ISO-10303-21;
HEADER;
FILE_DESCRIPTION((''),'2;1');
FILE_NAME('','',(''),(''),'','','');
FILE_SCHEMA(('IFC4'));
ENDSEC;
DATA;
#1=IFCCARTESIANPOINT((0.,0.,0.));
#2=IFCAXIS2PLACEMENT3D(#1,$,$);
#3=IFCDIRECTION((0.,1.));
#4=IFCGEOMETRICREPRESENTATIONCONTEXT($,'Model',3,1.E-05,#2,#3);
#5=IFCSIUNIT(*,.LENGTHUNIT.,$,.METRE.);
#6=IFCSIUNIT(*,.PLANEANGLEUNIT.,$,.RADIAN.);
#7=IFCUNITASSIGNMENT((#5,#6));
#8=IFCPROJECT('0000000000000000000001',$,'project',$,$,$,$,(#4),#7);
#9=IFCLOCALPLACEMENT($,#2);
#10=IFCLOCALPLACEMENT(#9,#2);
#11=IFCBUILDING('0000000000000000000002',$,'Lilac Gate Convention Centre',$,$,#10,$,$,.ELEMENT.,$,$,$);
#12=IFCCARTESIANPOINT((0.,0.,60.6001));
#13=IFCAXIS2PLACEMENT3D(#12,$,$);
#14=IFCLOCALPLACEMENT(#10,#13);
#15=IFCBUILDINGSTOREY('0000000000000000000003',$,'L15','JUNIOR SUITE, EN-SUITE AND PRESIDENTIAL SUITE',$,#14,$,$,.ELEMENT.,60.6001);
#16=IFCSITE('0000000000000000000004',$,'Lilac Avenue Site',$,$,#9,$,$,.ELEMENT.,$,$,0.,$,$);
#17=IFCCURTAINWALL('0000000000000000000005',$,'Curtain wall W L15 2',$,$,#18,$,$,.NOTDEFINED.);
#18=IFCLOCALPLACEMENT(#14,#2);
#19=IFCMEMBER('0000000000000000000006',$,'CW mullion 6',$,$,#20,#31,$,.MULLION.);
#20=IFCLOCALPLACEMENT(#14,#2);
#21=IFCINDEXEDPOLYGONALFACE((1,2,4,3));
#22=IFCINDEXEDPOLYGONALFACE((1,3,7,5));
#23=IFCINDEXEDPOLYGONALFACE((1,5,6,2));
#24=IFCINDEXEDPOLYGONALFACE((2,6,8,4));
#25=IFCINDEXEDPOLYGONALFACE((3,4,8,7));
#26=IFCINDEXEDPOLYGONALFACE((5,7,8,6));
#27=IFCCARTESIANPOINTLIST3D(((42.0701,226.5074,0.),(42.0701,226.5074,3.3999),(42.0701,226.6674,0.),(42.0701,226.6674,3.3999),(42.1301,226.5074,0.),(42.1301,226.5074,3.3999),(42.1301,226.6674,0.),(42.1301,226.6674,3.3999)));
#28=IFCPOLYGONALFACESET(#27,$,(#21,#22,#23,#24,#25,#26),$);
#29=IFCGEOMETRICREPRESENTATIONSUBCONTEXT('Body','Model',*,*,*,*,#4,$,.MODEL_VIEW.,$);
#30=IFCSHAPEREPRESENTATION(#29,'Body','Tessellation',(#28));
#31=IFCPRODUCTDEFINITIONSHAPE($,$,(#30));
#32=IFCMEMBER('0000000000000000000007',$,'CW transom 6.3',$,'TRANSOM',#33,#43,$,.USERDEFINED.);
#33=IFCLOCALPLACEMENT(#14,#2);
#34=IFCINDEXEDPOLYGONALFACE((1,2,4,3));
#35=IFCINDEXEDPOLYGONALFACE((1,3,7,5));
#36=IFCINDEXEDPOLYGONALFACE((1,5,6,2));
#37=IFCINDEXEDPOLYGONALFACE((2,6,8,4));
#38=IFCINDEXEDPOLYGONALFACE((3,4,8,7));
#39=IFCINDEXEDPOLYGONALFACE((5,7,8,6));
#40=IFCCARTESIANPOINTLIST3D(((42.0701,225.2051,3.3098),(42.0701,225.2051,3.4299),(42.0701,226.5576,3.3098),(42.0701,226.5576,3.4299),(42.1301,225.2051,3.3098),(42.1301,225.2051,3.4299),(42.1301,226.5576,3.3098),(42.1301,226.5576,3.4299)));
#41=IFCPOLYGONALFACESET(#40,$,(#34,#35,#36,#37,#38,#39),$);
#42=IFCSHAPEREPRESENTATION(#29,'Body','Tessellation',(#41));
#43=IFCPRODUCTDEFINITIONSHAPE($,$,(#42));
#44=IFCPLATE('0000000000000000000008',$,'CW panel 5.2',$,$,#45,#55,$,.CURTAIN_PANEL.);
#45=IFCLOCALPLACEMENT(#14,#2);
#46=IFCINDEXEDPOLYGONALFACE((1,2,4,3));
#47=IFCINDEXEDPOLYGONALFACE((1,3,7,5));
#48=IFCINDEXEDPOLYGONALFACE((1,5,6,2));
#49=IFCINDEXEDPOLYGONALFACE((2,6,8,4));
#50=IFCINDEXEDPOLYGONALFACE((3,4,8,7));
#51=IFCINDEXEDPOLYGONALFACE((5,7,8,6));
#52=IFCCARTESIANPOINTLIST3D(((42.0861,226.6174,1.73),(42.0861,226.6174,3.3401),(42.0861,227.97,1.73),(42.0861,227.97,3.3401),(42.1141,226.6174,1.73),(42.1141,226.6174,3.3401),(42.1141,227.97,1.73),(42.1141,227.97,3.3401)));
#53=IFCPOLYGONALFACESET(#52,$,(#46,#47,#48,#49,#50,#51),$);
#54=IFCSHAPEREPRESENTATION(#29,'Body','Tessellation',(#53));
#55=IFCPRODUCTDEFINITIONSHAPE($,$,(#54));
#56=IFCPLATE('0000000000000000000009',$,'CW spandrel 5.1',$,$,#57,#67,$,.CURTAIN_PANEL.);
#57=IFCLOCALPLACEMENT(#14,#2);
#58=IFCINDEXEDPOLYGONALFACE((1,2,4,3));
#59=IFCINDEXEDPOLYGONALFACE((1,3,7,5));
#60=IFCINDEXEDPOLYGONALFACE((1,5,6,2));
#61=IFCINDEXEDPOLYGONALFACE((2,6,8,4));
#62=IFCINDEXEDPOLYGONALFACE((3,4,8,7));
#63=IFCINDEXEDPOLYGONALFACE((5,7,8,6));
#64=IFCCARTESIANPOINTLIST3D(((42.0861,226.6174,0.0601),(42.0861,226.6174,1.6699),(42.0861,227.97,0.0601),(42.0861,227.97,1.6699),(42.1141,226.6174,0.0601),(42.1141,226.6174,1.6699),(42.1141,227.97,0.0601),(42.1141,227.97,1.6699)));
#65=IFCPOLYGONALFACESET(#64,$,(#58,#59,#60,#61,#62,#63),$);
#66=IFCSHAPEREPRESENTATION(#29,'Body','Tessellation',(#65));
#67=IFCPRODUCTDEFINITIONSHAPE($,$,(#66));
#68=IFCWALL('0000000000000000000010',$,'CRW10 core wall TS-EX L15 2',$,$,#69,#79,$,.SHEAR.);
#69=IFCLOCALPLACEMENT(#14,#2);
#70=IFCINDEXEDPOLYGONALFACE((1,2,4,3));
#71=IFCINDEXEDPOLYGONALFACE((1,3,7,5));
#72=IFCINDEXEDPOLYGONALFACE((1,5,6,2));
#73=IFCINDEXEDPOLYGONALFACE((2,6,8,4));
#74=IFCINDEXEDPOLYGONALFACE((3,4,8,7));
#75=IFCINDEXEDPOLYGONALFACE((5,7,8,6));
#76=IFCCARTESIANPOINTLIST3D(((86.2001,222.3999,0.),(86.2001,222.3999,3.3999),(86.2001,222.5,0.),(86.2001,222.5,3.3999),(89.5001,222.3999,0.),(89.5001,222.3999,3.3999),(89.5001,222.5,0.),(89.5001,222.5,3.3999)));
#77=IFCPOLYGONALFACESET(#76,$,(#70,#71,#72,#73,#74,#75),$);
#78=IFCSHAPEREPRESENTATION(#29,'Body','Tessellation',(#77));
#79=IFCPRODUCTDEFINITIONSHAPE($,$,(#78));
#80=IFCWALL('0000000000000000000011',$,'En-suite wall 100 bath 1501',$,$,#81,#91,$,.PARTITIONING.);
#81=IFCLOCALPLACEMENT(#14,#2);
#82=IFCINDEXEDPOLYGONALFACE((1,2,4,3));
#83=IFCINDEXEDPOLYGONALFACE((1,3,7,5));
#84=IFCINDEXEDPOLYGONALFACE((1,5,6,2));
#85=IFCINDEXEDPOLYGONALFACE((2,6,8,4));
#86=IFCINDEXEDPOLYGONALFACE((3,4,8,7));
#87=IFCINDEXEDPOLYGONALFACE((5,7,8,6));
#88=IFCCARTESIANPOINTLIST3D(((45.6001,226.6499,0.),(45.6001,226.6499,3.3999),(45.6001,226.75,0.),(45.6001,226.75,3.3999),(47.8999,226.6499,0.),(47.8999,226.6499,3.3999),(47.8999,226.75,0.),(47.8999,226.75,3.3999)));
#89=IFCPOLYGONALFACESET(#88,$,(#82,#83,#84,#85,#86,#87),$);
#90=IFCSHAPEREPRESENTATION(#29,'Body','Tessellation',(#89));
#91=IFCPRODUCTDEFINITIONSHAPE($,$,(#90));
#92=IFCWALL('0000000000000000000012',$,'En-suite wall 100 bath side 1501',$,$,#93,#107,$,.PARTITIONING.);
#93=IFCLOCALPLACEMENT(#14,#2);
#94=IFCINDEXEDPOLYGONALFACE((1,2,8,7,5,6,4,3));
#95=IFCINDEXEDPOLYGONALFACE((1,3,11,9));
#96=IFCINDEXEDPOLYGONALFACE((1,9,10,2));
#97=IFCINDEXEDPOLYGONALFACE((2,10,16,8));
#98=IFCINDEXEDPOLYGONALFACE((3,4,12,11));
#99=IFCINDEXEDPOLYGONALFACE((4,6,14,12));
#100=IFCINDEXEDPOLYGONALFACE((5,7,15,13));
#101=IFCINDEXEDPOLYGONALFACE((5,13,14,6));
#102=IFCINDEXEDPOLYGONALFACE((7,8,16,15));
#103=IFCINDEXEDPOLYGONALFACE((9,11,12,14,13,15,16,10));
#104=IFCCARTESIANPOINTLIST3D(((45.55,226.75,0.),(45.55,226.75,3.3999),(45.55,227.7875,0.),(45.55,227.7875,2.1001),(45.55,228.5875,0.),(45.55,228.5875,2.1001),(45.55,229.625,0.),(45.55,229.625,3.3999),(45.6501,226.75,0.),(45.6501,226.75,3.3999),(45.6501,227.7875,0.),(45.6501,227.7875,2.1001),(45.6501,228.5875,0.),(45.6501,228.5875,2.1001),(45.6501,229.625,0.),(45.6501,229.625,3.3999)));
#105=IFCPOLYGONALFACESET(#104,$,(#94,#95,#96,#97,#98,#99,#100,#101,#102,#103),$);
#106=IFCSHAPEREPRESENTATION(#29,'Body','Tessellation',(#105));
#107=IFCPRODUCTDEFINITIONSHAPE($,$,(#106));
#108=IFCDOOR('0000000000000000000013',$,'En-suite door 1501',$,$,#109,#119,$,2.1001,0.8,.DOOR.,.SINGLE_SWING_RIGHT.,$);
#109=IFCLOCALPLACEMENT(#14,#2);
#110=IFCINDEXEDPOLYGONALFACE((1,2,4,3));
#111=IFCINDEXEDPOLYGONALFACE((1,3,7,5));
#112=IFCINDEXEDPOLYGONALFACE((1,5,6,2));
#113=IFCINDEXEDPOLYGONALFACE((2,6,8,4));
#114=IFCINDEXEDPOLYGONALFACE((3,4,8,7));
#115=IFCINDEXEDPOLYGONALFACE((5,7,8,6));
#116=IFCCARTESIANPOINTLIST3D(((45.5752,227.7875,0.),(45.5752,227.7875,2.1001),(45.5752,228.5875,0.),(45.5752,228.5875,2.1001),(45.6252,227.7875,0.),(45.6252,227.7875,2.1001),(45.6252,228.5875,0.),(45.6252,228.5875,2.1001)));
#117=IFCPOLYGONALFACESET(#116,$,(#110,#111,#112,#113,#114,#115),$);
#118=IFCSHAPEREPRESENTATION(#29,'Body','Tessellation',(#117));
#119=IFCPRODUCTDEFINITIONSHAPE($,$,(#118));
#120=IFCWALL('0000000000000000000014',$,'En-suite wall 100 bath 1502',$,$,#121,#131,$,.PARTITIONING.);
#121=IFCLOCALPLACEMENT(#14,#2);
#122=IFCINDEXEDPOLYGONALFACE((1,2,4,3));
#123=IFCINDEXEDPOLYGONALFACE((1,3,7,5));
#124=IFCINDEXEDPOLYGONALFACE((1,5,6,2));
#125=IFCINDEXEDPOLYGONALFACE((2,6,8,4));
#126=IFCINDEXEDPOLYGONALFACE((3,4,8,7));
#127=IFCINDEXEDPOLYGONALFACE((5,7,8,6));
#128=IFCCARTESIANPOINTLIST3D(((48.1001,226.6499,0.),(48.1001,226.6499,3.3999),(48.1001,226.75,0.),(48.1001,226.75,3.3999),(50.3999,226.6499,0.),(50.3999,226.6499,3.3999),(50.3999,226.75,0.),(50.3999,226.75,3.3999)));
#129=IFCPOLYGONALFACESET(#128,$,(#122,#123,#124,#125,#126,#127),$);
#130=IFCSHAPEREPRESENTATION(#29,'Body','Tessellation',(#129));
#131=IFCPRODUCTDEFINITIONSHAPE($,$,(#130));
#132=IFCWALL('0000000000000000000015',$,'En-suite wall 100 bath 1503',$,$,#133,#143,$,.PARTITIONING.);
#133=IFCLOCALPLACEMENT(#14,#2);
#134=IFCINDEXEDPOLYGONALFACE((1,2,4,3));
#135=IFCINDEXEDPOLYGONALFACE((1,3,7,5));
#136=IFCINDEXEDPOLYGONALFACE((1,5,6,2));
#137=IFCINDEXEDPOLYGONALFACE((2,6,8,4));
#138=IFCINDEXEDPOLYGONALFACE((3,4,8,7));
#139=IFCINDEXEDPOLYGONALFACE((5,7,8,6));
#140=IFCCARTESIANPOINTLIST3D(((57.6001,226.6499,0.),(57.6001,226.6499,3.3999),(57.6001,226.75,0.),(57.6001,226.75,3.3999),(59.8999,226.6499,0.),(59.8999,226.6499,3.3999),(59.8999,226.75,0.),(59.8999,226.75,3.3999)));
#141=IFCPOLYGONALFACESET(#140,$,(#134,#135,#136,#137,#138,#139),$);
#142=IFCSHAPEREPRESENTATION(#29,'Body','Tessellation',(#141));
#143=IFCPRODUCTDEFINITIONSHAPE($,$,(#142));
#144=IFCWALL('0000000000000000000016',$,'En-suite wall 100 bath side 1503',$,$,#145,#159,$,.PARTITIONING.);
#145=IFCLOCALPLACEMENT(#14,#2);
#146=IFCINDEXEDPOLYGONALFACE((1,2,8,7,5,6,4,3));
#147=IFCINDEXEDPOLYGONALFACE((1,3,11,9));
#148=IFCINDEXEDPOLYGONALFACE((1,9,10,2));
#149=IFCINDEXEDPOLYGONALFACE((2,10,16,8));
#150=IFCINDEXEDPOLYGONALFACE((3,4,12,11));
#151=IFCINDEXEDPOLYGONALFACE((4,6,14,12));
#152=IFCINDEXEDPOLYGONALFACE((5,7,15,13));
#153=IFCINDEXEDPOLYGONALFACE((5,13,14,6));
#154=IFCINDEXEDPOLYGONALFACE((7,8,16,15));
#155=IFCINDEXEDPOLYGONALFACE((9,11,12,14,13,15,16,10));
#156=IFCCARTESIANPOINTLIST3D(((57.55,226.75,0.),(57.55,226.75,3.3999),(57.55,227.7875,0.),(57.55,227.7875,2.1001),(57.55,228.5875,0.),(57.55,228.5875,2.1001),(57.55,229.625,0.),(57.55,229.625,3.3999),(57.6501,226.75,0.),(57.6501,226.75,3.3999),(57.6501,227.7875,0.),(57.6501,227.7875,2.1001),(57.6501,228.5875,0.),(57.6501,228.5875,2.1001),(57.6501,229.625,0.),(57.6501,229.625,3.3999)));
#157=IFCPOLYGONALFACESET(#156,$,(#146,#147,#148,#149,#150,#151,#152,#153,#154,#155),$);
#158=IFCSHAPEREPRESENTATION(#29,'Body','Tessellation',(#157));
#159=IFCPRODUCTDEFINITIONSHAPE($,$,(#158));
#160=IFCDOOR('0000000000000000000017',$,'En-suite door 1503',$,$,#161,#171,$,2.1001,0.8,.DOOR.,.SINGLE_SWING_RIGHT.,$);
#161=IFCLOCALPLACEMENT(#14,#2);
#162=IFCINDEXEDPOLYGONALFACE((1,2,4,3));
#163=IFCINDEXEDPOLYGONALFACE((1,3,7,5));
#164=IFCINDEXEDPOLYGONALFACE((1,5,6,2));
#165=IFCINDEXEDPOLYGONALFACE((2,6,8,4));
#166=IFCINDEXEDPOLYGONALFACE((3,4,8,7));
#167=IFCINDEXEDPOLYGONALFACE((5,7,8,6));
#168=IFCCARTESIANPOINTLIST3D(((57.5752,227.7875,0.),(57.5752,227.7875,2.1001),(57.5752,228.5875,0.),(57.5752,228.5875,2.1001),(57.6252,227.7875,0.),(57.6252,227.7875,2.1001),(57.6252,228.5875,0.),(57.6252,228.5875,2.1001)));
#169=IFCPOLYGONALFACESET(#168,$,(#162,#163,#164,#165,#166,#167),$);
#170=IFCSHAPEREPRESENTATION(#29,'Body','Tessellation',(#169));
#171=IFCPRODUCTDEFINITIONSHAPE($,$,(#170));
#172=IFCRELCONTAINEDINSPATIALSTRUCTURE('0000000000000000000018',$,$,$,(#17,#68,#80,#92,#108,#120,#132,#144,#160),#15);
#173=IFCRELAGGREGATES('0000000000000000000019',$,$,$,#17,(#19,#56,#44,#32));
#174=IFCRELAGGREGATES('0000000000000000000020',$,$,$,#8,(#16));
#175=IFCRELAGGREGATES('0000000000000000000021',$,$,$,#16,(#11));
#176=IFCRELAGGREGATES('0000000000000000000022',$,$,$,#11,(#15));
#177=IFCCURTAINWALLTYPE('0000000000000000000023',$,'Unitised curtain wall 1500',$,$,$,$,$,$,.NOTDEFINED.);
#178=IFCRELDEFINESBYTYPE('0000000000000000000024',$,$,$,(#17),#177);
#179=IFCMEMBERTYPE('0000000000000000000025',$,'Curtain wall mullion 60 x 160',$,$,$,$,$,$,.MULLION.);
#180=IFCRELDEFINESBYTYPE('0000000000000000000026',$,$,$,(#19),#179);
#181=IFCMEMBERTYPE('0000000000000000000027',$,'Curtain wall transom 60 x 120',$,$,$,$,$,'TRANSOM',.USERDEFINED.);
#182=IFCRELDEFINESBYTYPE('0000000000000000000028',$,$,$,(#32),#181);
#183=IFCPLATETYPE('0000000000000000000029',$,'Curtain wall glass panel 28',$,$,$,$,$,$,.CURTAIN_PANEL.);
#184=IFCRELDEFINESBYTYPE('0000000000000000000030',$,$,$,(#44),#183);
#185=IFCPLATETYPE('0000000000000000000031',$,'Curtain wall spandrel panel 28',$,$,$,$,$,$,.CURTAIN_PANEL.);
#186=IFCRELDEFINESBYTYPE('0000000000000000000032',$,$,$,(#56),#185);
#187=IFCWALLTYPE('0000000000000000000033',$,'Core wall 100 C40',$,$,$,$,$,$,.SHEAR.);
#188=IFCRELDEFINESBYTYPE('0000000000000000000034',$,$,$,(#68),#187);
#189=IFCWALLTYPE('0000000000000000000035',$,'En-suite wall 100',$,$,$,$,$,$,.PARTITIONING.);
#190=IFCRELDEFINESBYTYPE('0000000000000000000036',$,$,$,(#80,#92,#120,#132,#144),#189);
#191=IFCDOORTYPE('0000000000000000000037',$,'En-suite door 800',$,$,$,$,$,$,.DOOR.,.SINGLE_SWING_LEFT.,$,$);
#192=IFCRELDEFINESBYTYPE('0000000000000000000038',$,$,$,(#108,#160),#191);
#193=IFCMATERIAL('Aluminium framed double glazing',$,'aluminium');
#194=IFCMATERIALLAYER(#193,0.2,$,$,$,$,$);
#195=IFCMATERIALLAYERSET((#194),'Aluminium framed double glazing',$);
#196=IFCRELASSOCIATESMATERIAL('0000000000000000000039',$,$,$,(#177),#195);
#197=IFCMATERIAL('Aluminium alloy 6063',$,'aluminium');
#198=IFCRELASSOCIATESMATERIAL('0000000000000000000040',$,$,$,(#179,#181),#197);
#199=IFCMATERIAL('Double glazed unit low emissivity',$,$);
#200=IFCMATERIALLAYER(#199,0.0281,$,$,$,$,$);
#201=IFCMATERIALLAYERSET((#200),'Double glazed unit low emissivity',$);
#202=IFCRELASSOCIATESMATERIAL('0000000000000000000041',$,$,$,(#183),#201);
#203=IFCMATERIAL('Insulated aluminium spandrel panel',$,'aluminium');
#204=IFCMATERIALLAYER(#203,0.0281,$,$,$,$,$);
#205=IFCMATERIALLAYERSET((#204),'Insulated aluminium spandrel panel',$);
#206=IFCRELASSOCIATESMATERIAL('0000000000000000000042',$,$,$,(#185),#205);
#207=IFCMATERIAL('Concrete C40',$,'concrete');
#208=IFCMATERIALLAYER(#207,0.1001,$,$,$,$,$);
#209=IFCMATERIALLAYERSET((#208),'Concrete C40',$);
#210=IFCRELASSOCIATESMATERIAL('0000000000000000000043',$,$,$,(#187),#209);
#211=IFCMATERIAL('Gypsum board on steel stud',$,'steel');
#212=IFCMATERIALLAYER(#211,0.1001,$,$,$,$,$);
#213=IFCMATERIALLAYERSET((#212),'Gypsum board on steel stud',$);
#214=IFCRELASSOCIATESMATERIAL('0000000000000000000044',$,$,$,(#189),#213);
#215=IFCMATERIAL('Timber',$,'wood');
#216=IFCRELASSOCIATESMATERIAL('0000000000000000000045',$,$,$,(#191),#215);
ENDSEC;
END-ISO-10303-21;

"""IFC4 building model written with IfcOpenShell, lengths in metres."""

from ifc_helpers import new_model, si_unit, direction, frame, frame_2d, origin, origin_2d, place, context, subcontext, project, spatial, rectangle, extrude, material, layer, layer_set, material_profile, profile_set, type_object, element, fill, aggregate, save


model = new_model("IFC4")

# Units and contexts
model_context = context("Model", 3, precision=1e-05, world=origin(), true_north=direction((0.0, 1.0)))
body_context = subcontext(model_context, "Body", "Model", "MODEL_VIEW")
ifc_project = project(units=[si_unit("LENGTHUNIT", "METRE"), si_unit("PLANEANGLEUNIT", "RADIAN")], contexts=[model_context])

# Site, building, storey
site_placement = place(None, origin())
site = spatial("IfcSite", under=ifc_project, at=site_placement, Name="Lilac Avenue Site", CompositionType="ELEMENT", RefElevation=0.0)
building_placement = place(site_placement, origin())
building = spatial("IfcBuilding", under=site, at=building_placement, Name="Lilac Gate Convention Centre", CompositionType="ELEMENT")
storey_placement = place(building_placement, frame((0.0, 0.0, 60.6001)))
storey = spatial("IfcBuildingStorey", under=building, at=storey_placement, Name="L15", Description="JUNIOR SUITE, EN-SUITE AND PRESIDENTIAL SUITE", CompositionType="ELEMENT", Elevation=60.6001)

# Curtain wall, members, plates
ifc_material_1 = material(Name="Aluminium framed double glazing", Category="aluminium")
ifc_layer_1 = layer(ifc_material_1, 0.2)
ifc_layer_set_1 = layer_set([ifc_layer_1], Name="Aluminium framed double glazing")
curtain_wall_type = type_object("IfcCurtainWallType", Name="Unitised curtain wall 1500", PredefinedType="NOTDEFINED", material=ifc_layer_set_1)
curtain_wall_placement = place(storey_placement, origin())
curtain_wall = element("IfcCurtainWall", 1, at=curtain_wall_placement, inside=storey, type_object=curtain_wall_type, Name="Curtain wall W L15 2", PredefinedType="NOTDEFINED")
ifc_material_2 = material(Name="Aluminium alloy 6063", Category="aluminium")
ifc_material_profile_1 = material_profile(ifc_material_2, rectangle(XDim=0.0601, YDim=0.1599, at=origin_2d()), Name="Curtain wall mullion 60 x 160")
ifc_profile_set_1 = profile_set([ifc_material_profile_1], Name="Aluminium alloy 6063")
member_type_1 = type_object("IfcMemberType", Name="Curtain wall mullion 60 x 160", PredefinedType="MULLION", material=ifc_profile_set_1)
member_1_placement = place(storey_placement, frame((42.1001, 226.5874, 0.0), z_axis=(0.0, 0.0, 1.0), x_axis=(1.0, 0.0, 0.0)))
member_1 = element("IfcMember", 2, at=member_1_placement, type_object=member_type_1, Name="CW mullion 6", PredefinedType="MULLION", context=body_context, shape_type="SweptSolid", body=[
    extrude(rectangle(XDim=0.0601, YDim=0.1599, at=origin_2d()), origin(), (0.0, 0.0, 1.0), 3.3999),
])
ifc_material_profile_2 = material_profile(ifc_material_2, rectangle(XDim=0.0601, YDim=0.1201, at=origin_2d()), Name="Curtain wall transom 60 x 120")
ifc_profile_set_2 = profile_set([ifc_material_profile_2], Name="Aluminium alloy 6063")
member_type_2 = type_object("IfcMemberType", Name="Curtain wall transom 60 x 120", ElementType="TRANSOM", PredefinedType="USERDEFINED", material=ifc_profile_set_2)
member_2_placement = place(storey_placement, frame((42.1001, 226.5576, 3.3699), z_axis=(0.0, -1.0, 0.0), x_axis=(1.0, 0.0, 0.0)))
member_2 = element("IfcMember", 3, at=member_2_placement, type_object=member_type_2, Name="CW transom 6.3", ObjectType="TRANSOM", PredefinedType="USERDEFINED", context=body_context, shape_type="SweptSolid", body=[
    extrude(rectangle(XDim=0.0601, YDim=0.1201, at=origin_2d()), origin(), (0.0, 0.0, 1.0), 1.3525),
])
ifc_material_3 = material(Name="Double glazed unit low emissivity")
ifc_layer_2 = layer(ifc_material_3, 0.0281)
ifc_layer_set_2 = layer_set([ifc_layer_2], Name="Double glazed unit low emissivity")
plate_type_1 = type_object("IfcPlateType", Name="Curtain wall glass panel 28", PredefinedType="CURTAIN_PANEL", material=ifc_layer_set_2)
plate_1_placement = place(storey_placement, frame((42.1001, 227.2937, 1.73), z_axis=(0.0, 0.0, 1.0), x_axis=(0.0, -1.0, 0.0)))
plate_1 = element("IfcPlate", 4, at=plate_1_placement, type_object=plate_type_1, Name="CW panel 5.2", PredefinedType="CURTAIN_PANEL", context=body_context, shape_type="SweptSolid", body=[
    extrude(rectangle(XDim=1.3525, YDim=0.0281, at=origin_2d()), origin(), (0.0, 0.0, 1.0), 1.6101),
])
ifc_material_4 = material(Name="Insulated aluminium spandrel panel", Category="aluminium")
ifc_layer_3 = layer(ifc_material_4, 0.0281)
ifc_layer_set_3 = layer_set([ifc_layer_3], Name="Insulated aluminium spandrel panel")
plate_type_2 = type_object("IfcPlateType", Name="Curtain wall spandrel panel 28", PredefinedType="CURTAIN_PANEL", material=ifc_layer_set_3)
plate_2_placement = place(storey_placement, frame((42.1001, 227.2937, 0.0601), z_axis=(0.0, 0.0, 1.0), x_axis=(0.0, -1.0, 0.0)))
plate_2 = element("IfcPlate", 5, at=plate_2_placement, type_object=plate_type_2, Name="CW spandrel 5.1", PredefinedType="CURTAIN_PANEL", context=body_context, shape_type="SweptSolid", body=[
    extrude(rectangle(XDim=1.3525, YDim=0.0281, at=origin_2d()), origin(), (0.0, 0.0, 1.0), 1.6099),
])
aggregate(curtain_wall, [member_1, plate_2, plate_1, member_2])

# Walls
ifc_material_5 = material(Name="Concrete C40", Category="concrete")
ifc_layer_4 = layer(ifc_material_5, 0.1001)
ifc_layer_set_4 = layer_set([ifc_layer_4], Name="Concrete C40")
wall_type_1 = type_object("IfcWallType", Name="Core wall 100 C40", PredefinedType="SHEAR", material=ifc_layer_set_4)
wall_1_placement = place(storey_placement, frame((89.5, 222.45, 0.0), z_axis=(0.0, 0.0, 1.0), x_axis=(-1.0, 0.0, 0.0)))
element("IfcWall", 6, at=wall_1_placement, inside=storey, type_object=wall_type_1, Name="CRW10 core wall TS-EX L15 2", PredefinedType="SHEAR", context=body_context, shape_type="SweptSolid", body=[
    extrude(rectangle(XDim=3.3, YDim=0.1001, at=frame_2d((1.6499, 0.0))), origin(), (0.0, 0.0, 1.0), 3.3999),
])
ifc_material_6 = material(Name="Gypsum board on steel stud", Category="steel")
ifc_layer_5 = layer(ifc_material_6, 0.1001)
ifc_layer_set_5 = layer_set([ifc_layer_5], Name="Gypsum board on steel stud")
wall_type_2 = type_object("IfcWallType", Name="En-suite wall 100", PredefinedType="PARTITIONING", material=ifc_layer_set_5)
wall_2_placement = place(storey_placement, frame((45.6001, 226.7, 0.0), z_axis=(0.0, 0.0, 1.0), x_axis=(1.0, 0.0, 0.0)))
element("IfcWall", 7, at=wall_2_placement, inside=storey, type_object=wall_type_2, Name="En-suite wall 100 bath 1501", PredefinedType="PARTITIONING", context=body_context, shape_type="SweptSolid", body=[
    extrude(rectangle(XDim=2.2998, YDim=0.1001, at=frame_2d((1.1499, 0.0))), origin(), (0.0, 0.0, 1.0), 3.3999),
])

# Wall, opening, door
wall_3_placement = place(storey_placement, frame((45.6001, 226.75, 0.0), z_axis=(0.0, 0.0, 1.0), x_axis=(0.0, 1.0, 0.0)))
wall_3 = element("IfcWall", 8, at=wall_3_placement, inside=storey, type_object=wall_type_2, Name="En-suite wall 100 bath side 1501", PredefinedType="PARTITIONING", context=body_context, shape_type="SweptSolid", body=[
    extrude(rectangle(XDim=2.875, YDim=0.1001, at=frame_2d((1.4375, 0.0))), origin(), (0.0, 0.0, 1.0), 3.3999),
])
opening_1_placement = place(wall_3_placement, frame((1.0376, 0.0, 0.0)))
opening_1 = element("IfcOpeningElement", 9, at=opening_1_placement, cuts=wall_3, PredefinedType="OPENING", context=body_context, shape_type="SweptSolid", body=[
    extrude(rectangle(XDim=0.8, YDim=2.1001, at=frame_2d((0.3999, 1.05))), frame((0.0, 0.0601, 0.0), z_axis=(0.0, -1.0, 0.0), x_axis=(1.0, 0.0, 0.0)), (0.0, 0.0, 1.0), 0.1201),
])
ifc_material_7 = material(Name="Timber", Category="wood")
door_type = type_object("IfcDoorType", Name="En-suite door 800", OperationType="SINGLE_SWING_LEFT", PredefinedType="DOOR", material=ifc_material_7)
door_1_placement = place(opening_1_placement, origin())
door_1 = element("IfcDoor", 10, at=door_1_placement, inside=storey, type_object=door_type, Name="En-suite door 1501", OperationType="SINGLE_SWING_RIGHT", OverallHeight=2.1001, OverallWidth=0.8, PredefinedType="DOOR", context=body_context, shape_type="SweptSolid", body=[
    extrude(rectangle(XDim=0.8, YDim=2.1001, at=frame_2d((0.3999, 1.05))), frame((0.0, 0.0249, 0.0), z_axis=(0.0, -1.0, 0.0), x_axis=(1.0, 0.0, 0.0)), (0.0, 0.0, 1.0), 0.05),
])
fill(opening_1, door_1)

# Walls
for number, where, z_axis, x_axis, name in (
    (11, (48.1001, 226.7, 0.0), (0.0, 0.0, 1.0), (1.0, 0.0, 0.0), "En-suite wall 100 bath 1502"),
    (12, (57.6001, 226.7, 0.0), (0.0, 0.0, 1.0), (1.0, 0.0, 0.0), "En-suite wall 100 bath 1503"),
):
    element("IfcWall", number, at=place(storey_placement, frame(where, z_axis=z_axis, x_axis=x_axis)), inside=storey, type_object=wall_type_2, Name=name, PredefinedType="PARTITIONING", context=body_context, shape_type="SweptSolid", body=[
        extrude(rectangle(XDim=2.2998, YDim=0.1001, at=frame_2d((1.1499, 0.0))), origin(), (0.0, 0.0, 1.0), 3.3999),
    ])

# Wall, opening, door
wall_4_placement = place(storey_placement, frame((57.6001, 226.75, 0.0), z_axis=(0.0, 0.0, 1.0), x_axis=(0.0, 1.0, 0.0)))
wall_4 = element("IfcWall", 13, at=wall_4_placement, inside=storey, type_object=wall_type_2, Name="En-suite wall 100 bath side 1503", PredefinedType="PARTITIONING", context=body_context, shape_type="SweptSolid", body=[
    extrude(rectangle(XDim=2.875, YDim=0.1001, at=frame_2d((1.4375, 0.0))), origin(), (0.0, 0.0, 1.0), 3.3999),
])
opening_2_placement = place(wall_4_placement, frame((1.0376, 0.0, 0.0)))
opening_2 = element("IfcOpeningElement", 14, at=opening_2_placement, cuts=wall_4, PredefinedType="OPENING", context=body_context, shape_type="SweptSolid", body=[
    extrude(rectangle(XDim=0.8, YDim=2.1001, at=frame_2d((0.3999, 1.05))), frame((0.0, 0.0601, 0.0), z_axis=(0.0, -1.0, 0.0), x_axis=(1.0, 0.0, 0.0)), (0.0, 0.0, 1.0), 0.1201),
])
door_2_placement = place(opening_2_placement, origin())
door_2 = element("IfcDoor", 15, at=door_2_placement, inside=storey, type_object=door_type, Name="En-suite door 1503", OperationType="SINGLE_SWING_RIGHT", OverallHeight=2.1001, OverallWidth=0.8, PredefinedType="DOOR", context=body_context, shape_type="SweptSolid", body=[
    extrude(rectangle(XDim=0.8, YDim=2.1001, at=frame_2d((0.3999, 1.05))), frame((0.0, 0.0249, 0.0), z_axis=(0.0, -1.0, 0.0), x_axis=(1.0, 0.0, 0.0)), (0.0, 0.0, 1.0), 0.05),
])
fill(opening_2, door_2)

save(model, "model.ifc")
